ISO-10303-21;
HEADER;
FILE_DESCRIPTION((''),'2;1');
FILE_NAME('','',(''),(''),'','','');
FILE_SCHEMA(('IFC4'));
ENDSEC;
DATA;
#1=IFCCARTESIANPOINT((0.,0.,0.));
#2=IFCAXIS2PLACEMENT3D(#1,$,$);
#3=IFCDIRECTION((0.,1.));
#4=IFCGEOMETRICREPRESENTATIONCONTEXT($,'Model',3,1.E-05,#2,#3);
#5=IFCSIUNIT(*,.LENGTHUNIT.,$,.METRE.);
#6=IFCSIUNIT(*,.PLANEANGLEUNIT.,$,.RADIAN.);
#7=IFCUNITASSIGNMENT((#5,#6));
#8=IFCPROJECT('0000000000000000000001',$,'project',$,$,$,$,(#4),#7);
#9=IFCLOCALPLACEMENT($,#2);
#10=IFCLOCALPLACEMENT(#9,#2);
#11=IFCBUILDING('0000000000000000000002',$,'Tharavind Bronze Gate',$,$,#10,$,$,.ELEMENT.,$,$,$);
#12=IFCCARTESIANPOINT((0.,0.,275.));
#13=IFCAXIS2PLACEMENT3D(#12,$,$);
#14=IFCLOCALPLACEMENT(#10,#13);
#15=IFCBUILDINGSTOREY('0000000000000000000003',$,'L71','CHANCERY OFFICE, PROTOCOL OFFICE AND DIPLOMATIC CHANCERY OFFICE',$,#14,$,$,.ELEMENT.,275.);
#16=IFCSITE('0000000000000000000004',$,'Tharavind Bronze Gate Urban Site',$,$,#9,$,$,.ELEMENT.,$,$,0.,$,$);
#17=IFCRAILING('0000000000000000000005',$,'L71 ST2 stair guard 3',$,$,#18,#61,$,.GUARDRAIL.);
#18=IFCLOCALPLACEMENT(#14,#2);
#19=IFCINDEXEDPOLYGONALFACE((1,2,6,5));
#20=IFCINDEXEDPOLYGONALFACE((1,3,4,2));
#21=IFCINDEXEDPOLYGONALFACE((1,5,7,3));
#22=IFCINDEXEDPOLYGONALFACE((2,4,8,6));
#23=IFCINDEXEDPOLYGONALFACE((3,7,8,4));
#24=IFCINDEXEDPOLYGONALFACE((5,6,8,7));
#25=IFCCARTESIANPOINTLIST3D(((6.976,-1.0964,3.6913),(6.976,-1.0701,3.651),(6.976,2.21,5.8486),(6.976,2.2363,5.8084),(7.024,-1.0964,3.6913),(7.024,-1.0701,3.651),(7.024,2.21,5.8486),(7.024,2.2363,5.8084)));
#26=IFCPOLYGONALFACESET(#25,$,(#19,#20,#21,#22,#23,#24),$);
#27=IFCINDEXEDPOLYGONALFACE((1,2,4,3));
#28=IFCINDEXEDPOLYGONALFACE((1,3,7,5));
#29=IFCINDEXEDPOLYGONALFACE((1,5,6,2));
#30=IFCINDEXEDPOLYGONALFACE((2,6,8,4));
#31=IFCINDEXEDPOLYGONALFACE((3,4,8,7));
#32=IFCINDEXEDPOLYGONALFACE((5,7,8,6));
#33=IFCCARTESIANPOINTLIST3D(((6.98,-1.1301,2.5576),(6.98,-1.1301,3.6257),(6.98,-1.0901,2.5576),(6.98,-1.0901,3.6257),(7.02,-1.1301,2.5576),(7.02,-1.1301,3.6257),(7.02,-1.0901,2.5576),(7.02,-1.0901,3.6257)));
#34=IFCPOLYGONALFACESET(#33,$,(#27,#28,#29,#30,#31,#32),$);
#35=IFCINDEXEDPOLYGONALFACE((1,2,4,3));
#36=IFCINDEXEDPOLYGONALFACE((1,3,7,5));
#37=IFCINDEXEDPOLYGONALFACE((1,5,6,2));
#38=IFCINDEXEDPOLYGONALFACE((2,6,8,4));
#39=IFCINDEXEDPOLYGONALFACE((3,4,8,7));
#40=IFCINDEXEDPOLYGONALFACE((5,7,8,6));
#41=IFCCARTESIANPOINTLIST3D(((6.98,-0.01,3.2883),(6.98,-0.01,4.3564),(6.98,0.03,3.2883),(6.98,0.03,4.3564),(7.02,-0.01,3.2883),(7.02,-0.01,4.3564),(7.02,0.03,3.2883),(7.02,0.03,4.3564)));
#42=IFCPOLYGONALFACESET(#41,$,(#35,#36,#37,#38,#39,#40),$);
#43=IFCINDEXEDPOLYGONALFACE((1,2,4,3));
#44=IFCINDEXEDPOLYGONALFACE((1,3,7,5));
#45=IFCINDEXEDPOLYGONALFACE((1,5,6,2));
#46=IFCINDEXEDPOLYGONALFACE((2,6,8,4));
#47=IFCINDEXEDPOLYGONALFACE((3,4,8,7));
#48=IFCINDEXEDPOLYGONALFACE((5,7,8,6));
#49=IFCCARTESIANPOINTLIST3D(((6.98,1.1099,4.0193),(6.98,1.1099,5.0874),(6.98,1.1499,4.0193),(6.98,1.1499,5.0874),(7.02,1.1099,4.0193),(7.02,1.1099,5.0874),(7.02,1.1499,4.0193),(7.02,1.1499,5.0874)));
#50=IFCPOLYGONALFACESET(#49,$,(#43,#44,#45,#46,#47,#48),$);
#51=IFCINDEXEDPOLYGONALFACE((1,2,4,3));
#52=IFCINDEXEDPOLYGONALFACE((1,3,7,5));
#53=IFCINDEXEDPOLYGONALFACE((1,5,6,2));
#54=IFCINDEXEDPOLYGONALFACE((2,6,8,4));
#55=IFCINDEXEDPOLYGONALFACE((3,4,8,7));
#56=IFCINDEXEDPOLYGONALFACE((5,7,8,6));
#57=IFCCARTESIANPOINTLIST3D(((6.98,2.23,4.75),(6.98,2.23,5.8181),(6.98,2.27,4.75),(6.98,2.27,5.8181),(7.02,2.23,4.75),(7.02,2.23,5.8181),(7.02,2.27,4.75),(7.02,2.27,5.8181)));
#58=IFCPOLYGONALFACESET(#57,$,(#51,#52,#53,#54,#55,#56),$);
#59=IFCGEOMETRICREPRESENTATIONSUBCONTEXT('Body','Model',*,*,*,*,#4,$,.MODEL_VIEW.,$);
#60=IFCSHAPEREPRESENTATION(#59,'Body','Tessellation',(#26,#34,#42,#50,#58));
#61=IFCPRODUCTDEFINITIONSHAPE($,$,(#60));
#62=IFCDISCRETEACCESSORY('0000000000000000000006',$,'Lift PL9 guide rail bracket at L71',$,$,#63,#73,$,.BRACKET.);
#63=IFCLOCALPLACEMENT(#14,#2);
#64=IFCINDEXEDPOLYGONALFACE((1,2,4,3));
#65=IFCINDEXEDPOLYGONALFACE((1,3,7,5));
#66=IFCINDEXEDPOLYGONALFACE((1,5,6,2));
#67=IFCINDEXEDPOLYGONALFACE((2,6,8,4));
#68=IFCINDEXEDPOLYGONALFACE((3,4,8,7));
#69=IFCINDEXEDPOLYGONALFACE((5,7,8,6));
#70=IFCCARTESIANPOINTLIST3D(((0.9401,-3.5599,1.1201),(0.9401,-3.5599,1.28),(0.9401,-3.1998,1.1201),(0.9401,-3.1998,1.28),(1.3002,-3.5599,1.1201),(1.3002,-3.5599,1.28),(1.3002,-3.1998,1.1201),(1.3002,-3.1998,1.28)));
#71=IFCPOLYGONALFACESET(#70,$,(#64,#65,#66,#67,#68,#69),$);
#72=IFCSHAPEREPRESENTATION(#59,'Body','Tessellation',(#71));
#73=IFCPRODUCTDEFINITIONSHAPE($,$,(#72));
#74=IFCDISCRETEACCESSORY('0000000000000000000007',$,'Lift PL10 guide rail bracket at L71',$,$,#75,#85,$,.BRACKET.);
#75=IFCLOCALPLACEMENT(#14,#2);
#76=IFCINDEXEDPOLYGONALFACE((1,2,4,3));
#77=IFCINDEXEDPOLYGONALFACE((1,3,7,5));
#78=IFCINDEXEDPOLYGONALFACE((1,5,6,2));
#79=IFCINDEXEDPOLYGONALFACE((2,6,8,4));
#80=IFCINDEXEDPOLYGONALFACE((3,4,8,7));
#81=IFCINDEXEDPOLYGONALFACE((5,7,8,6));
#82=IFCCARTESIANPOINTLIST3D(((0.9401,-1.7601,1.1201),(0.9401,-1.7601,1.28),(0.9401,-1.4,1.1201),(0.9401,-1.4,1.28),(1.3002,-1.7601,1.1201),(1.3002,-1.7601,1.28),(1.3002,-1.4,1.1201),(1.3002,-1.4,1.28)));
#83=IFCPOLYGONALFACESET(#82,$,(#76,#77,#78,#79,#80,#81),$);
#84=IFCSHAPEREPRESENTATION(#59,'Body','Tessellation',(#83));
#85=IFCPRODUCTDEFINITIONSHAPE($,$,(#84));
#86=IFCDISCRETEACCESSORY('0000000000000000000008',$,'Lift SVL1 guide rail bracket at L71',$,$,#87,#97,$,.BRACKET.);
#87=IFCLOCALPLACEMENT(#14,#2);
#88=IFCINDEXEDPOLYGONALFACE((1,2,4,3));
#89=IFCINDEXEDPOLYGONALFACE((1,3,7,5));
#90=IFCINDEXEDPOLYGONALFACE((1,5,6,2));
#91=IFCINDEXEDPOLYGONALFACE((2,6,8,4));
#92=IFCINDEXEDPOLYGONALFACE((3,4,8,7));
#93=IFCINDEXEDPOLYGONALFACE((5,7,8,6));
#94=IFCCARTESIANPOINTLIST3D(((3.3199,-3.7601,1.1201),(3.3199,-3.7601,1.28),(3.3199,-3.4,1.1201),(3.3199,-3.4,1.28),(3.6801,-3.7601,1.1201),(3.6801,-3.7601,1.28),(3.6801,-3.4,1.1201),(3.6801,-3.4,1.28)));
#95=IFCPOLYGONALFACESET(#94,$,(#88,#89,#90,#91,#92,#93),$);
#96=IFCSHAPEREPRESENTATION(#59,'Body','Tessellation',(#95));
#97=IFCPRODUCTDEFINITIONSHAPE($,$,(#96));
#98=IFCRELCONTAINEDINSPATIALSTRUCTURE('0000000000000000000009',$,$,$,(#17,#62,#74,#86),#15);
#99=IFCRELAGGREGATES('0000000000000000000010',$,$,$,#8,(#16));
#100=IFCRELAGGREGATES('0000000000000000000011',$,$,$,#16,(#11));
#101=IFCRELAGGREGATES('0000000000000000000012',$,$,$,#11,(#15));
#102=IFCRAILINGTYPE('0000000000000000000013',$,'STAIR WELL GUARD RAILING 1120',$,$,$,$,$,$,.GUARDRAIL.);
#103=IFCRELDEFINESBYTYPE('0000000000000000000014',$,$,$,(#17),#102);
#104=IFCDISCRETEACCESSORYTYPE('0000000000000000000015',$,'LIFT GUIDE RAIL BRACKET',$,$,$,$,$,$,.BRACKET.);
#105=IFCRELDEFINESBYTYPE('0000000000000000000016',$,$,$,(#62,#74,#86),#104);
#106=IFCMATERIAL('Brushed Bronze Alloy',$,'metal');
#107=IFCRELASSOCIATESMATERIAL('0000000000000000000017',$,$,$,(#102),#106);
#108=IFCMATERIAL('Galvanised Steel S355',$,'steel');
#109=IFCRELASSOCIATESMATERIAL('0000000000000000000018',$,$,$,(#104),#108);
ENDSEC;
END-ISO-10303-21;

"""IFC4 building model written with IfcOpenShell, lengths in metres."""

from ifc_helpers import new_model, si_unit, direction, frame, origin, origin_2d, place, context, subcontext, project, spatial, rectangle, extrude, material, type_object, element, save


model = new_model("IFC4")

# Units and contexts
model_context = context("Model", 3, precision=1e-05, world=origin(), true_north=direction((0.0, 1.0)))
body_context = subcontext(model_context, "Body", "Model", "MODEL_VIEW")
ifc_project = project(units=[si_unit("LENGTHUNIT", "METRE"), si_unit("PLANEANGLEUNIT", "RADIAN")], contexts=[model_context])

# Site, building, storey
site_placement = place(None, origin())
site = spatial("IfcSite", under=ifc_project, at=site_placement, Name="Tharavind Bronze Gate Urban Site", CompositionType="ELEMENT", RefElevation=0.0)
building_placement = place(site_placement, origin())
building = spatial("IfcBuilding", under=site, at=building_placement, Name="Tharavind Bronze Gate", CompositionType="ELEMENT")
storey_placement = place(building_placement, frame((0.0, 0.0, 275.0)))
storey = spatial("IfcBuildingStorey", under=building, at=storey_placement, Name="L71", Description="CHANCERY OFFICE, PROTOCOL OFFICE AND DIPLOMATIC CHANCERY OFFICE", CompositionType="ELEMENT", Elevation=275.0)

# Railing
ifc_material_1 = material(Name="Brushed Bronze Alloy", Category="metal")
railing_type = type_object("IfcRailingType", Name="STAIR WELL GUARD RAILING 1120", PredefinedType="GUARDRAIL", material=ifc_material_1)
railing_1_placement = place(storey_placement, frame((7.0, -1.1101, 2.5576)))
element("IfcRailing", 1, at=railing_1_placement, inside=storey, type_object=railing_type, Name="L71 ST2 stair guard 3", PredefinedType="GUARDRAIL", context=body_context, shape_type="SweptSolid", body=[
    extrude(rectangle(XDim=0.0481, YDim=0.0481, at=origin_2d()), frame((0.0, 0.0269, 1.1135), z_axis=(0.0, 0.837496, 0.546444), x_axis=(-1.0, 0.0, 0.0)), (0.0, 0.0, 1.0), 3.948),
    extrude(rectangle(XDim=0.04, YDim=0.04, at=origin_2d()), origin(), (0.0, 0.0, 1.0), 1.0681),
    extrude(rectangle(XDim=0.04, YDim=0.04, at=origin_2d()), frame((0.0, 1.1201, 0.7307)), (0.0, 0.0, 1.0), 1.0681),
    extrude(rectangle(XDim=0.04, YDim=0.04, at=origin_2d()), frame((0.0, 2.24, 1.4617)), (0.0, 0.0, 1.0), 1.0681),
    extrude(rectangle(XDim=0.04, YDim=0.04, at=origin_2d()), frame((0.0, 3.3601, 2.1924)), (0.0, 0.0, 1.0), 1.0681),
])

# Discrete accessories
ifc_material_2 = material(Name="Galvanised Steel S355", Category="steel")
discrete_accessory_type = type_object("IfcDiscreteAccessoryType", Name="LIFT GUIDE RAIL BRACKET", PredefinedType="BRACKET", material=ifc_material_2)
for number, where, z_axis, x_axis, name in (
    (2, (1.1201, -3.3799, 1.1201), (0.0, 0.0, 1.0), (1.0, 0.0, 0.0), "Lift PL9 guide rail bracket at L71"),
    (3, (1.1201, -1.5801, 1.1201), (0.0, 0.0, 1.0), (1.0, 0.0, 0.0), "Lift PL10 guide rail bracket at L71"),
    (4, (3.5, -3.5801, 1.1201), (0.0, 0.0, 1.0), (1.0, 0.0, 0.0), "Lift SVL1 guide rail bracket at L71"),
):
    element("IfcDiscreteAccessory", number, at=place(storey_placement, frame(where, z_axis=z_axis, x_axis=x_axis)), inside=storey, type_object=discrete_accessory_type, Name=name, PredefinedType="BRACKET", context=body_context, shape_type="SweptSolid", body=[
        extrude(rectangle(XDim=0.3601, YDim=0.3601, at=origin_2d()), origin(), (0.0, 0.0, 1.0), 0.1599),
    ])

save(model, "model.ifc")
